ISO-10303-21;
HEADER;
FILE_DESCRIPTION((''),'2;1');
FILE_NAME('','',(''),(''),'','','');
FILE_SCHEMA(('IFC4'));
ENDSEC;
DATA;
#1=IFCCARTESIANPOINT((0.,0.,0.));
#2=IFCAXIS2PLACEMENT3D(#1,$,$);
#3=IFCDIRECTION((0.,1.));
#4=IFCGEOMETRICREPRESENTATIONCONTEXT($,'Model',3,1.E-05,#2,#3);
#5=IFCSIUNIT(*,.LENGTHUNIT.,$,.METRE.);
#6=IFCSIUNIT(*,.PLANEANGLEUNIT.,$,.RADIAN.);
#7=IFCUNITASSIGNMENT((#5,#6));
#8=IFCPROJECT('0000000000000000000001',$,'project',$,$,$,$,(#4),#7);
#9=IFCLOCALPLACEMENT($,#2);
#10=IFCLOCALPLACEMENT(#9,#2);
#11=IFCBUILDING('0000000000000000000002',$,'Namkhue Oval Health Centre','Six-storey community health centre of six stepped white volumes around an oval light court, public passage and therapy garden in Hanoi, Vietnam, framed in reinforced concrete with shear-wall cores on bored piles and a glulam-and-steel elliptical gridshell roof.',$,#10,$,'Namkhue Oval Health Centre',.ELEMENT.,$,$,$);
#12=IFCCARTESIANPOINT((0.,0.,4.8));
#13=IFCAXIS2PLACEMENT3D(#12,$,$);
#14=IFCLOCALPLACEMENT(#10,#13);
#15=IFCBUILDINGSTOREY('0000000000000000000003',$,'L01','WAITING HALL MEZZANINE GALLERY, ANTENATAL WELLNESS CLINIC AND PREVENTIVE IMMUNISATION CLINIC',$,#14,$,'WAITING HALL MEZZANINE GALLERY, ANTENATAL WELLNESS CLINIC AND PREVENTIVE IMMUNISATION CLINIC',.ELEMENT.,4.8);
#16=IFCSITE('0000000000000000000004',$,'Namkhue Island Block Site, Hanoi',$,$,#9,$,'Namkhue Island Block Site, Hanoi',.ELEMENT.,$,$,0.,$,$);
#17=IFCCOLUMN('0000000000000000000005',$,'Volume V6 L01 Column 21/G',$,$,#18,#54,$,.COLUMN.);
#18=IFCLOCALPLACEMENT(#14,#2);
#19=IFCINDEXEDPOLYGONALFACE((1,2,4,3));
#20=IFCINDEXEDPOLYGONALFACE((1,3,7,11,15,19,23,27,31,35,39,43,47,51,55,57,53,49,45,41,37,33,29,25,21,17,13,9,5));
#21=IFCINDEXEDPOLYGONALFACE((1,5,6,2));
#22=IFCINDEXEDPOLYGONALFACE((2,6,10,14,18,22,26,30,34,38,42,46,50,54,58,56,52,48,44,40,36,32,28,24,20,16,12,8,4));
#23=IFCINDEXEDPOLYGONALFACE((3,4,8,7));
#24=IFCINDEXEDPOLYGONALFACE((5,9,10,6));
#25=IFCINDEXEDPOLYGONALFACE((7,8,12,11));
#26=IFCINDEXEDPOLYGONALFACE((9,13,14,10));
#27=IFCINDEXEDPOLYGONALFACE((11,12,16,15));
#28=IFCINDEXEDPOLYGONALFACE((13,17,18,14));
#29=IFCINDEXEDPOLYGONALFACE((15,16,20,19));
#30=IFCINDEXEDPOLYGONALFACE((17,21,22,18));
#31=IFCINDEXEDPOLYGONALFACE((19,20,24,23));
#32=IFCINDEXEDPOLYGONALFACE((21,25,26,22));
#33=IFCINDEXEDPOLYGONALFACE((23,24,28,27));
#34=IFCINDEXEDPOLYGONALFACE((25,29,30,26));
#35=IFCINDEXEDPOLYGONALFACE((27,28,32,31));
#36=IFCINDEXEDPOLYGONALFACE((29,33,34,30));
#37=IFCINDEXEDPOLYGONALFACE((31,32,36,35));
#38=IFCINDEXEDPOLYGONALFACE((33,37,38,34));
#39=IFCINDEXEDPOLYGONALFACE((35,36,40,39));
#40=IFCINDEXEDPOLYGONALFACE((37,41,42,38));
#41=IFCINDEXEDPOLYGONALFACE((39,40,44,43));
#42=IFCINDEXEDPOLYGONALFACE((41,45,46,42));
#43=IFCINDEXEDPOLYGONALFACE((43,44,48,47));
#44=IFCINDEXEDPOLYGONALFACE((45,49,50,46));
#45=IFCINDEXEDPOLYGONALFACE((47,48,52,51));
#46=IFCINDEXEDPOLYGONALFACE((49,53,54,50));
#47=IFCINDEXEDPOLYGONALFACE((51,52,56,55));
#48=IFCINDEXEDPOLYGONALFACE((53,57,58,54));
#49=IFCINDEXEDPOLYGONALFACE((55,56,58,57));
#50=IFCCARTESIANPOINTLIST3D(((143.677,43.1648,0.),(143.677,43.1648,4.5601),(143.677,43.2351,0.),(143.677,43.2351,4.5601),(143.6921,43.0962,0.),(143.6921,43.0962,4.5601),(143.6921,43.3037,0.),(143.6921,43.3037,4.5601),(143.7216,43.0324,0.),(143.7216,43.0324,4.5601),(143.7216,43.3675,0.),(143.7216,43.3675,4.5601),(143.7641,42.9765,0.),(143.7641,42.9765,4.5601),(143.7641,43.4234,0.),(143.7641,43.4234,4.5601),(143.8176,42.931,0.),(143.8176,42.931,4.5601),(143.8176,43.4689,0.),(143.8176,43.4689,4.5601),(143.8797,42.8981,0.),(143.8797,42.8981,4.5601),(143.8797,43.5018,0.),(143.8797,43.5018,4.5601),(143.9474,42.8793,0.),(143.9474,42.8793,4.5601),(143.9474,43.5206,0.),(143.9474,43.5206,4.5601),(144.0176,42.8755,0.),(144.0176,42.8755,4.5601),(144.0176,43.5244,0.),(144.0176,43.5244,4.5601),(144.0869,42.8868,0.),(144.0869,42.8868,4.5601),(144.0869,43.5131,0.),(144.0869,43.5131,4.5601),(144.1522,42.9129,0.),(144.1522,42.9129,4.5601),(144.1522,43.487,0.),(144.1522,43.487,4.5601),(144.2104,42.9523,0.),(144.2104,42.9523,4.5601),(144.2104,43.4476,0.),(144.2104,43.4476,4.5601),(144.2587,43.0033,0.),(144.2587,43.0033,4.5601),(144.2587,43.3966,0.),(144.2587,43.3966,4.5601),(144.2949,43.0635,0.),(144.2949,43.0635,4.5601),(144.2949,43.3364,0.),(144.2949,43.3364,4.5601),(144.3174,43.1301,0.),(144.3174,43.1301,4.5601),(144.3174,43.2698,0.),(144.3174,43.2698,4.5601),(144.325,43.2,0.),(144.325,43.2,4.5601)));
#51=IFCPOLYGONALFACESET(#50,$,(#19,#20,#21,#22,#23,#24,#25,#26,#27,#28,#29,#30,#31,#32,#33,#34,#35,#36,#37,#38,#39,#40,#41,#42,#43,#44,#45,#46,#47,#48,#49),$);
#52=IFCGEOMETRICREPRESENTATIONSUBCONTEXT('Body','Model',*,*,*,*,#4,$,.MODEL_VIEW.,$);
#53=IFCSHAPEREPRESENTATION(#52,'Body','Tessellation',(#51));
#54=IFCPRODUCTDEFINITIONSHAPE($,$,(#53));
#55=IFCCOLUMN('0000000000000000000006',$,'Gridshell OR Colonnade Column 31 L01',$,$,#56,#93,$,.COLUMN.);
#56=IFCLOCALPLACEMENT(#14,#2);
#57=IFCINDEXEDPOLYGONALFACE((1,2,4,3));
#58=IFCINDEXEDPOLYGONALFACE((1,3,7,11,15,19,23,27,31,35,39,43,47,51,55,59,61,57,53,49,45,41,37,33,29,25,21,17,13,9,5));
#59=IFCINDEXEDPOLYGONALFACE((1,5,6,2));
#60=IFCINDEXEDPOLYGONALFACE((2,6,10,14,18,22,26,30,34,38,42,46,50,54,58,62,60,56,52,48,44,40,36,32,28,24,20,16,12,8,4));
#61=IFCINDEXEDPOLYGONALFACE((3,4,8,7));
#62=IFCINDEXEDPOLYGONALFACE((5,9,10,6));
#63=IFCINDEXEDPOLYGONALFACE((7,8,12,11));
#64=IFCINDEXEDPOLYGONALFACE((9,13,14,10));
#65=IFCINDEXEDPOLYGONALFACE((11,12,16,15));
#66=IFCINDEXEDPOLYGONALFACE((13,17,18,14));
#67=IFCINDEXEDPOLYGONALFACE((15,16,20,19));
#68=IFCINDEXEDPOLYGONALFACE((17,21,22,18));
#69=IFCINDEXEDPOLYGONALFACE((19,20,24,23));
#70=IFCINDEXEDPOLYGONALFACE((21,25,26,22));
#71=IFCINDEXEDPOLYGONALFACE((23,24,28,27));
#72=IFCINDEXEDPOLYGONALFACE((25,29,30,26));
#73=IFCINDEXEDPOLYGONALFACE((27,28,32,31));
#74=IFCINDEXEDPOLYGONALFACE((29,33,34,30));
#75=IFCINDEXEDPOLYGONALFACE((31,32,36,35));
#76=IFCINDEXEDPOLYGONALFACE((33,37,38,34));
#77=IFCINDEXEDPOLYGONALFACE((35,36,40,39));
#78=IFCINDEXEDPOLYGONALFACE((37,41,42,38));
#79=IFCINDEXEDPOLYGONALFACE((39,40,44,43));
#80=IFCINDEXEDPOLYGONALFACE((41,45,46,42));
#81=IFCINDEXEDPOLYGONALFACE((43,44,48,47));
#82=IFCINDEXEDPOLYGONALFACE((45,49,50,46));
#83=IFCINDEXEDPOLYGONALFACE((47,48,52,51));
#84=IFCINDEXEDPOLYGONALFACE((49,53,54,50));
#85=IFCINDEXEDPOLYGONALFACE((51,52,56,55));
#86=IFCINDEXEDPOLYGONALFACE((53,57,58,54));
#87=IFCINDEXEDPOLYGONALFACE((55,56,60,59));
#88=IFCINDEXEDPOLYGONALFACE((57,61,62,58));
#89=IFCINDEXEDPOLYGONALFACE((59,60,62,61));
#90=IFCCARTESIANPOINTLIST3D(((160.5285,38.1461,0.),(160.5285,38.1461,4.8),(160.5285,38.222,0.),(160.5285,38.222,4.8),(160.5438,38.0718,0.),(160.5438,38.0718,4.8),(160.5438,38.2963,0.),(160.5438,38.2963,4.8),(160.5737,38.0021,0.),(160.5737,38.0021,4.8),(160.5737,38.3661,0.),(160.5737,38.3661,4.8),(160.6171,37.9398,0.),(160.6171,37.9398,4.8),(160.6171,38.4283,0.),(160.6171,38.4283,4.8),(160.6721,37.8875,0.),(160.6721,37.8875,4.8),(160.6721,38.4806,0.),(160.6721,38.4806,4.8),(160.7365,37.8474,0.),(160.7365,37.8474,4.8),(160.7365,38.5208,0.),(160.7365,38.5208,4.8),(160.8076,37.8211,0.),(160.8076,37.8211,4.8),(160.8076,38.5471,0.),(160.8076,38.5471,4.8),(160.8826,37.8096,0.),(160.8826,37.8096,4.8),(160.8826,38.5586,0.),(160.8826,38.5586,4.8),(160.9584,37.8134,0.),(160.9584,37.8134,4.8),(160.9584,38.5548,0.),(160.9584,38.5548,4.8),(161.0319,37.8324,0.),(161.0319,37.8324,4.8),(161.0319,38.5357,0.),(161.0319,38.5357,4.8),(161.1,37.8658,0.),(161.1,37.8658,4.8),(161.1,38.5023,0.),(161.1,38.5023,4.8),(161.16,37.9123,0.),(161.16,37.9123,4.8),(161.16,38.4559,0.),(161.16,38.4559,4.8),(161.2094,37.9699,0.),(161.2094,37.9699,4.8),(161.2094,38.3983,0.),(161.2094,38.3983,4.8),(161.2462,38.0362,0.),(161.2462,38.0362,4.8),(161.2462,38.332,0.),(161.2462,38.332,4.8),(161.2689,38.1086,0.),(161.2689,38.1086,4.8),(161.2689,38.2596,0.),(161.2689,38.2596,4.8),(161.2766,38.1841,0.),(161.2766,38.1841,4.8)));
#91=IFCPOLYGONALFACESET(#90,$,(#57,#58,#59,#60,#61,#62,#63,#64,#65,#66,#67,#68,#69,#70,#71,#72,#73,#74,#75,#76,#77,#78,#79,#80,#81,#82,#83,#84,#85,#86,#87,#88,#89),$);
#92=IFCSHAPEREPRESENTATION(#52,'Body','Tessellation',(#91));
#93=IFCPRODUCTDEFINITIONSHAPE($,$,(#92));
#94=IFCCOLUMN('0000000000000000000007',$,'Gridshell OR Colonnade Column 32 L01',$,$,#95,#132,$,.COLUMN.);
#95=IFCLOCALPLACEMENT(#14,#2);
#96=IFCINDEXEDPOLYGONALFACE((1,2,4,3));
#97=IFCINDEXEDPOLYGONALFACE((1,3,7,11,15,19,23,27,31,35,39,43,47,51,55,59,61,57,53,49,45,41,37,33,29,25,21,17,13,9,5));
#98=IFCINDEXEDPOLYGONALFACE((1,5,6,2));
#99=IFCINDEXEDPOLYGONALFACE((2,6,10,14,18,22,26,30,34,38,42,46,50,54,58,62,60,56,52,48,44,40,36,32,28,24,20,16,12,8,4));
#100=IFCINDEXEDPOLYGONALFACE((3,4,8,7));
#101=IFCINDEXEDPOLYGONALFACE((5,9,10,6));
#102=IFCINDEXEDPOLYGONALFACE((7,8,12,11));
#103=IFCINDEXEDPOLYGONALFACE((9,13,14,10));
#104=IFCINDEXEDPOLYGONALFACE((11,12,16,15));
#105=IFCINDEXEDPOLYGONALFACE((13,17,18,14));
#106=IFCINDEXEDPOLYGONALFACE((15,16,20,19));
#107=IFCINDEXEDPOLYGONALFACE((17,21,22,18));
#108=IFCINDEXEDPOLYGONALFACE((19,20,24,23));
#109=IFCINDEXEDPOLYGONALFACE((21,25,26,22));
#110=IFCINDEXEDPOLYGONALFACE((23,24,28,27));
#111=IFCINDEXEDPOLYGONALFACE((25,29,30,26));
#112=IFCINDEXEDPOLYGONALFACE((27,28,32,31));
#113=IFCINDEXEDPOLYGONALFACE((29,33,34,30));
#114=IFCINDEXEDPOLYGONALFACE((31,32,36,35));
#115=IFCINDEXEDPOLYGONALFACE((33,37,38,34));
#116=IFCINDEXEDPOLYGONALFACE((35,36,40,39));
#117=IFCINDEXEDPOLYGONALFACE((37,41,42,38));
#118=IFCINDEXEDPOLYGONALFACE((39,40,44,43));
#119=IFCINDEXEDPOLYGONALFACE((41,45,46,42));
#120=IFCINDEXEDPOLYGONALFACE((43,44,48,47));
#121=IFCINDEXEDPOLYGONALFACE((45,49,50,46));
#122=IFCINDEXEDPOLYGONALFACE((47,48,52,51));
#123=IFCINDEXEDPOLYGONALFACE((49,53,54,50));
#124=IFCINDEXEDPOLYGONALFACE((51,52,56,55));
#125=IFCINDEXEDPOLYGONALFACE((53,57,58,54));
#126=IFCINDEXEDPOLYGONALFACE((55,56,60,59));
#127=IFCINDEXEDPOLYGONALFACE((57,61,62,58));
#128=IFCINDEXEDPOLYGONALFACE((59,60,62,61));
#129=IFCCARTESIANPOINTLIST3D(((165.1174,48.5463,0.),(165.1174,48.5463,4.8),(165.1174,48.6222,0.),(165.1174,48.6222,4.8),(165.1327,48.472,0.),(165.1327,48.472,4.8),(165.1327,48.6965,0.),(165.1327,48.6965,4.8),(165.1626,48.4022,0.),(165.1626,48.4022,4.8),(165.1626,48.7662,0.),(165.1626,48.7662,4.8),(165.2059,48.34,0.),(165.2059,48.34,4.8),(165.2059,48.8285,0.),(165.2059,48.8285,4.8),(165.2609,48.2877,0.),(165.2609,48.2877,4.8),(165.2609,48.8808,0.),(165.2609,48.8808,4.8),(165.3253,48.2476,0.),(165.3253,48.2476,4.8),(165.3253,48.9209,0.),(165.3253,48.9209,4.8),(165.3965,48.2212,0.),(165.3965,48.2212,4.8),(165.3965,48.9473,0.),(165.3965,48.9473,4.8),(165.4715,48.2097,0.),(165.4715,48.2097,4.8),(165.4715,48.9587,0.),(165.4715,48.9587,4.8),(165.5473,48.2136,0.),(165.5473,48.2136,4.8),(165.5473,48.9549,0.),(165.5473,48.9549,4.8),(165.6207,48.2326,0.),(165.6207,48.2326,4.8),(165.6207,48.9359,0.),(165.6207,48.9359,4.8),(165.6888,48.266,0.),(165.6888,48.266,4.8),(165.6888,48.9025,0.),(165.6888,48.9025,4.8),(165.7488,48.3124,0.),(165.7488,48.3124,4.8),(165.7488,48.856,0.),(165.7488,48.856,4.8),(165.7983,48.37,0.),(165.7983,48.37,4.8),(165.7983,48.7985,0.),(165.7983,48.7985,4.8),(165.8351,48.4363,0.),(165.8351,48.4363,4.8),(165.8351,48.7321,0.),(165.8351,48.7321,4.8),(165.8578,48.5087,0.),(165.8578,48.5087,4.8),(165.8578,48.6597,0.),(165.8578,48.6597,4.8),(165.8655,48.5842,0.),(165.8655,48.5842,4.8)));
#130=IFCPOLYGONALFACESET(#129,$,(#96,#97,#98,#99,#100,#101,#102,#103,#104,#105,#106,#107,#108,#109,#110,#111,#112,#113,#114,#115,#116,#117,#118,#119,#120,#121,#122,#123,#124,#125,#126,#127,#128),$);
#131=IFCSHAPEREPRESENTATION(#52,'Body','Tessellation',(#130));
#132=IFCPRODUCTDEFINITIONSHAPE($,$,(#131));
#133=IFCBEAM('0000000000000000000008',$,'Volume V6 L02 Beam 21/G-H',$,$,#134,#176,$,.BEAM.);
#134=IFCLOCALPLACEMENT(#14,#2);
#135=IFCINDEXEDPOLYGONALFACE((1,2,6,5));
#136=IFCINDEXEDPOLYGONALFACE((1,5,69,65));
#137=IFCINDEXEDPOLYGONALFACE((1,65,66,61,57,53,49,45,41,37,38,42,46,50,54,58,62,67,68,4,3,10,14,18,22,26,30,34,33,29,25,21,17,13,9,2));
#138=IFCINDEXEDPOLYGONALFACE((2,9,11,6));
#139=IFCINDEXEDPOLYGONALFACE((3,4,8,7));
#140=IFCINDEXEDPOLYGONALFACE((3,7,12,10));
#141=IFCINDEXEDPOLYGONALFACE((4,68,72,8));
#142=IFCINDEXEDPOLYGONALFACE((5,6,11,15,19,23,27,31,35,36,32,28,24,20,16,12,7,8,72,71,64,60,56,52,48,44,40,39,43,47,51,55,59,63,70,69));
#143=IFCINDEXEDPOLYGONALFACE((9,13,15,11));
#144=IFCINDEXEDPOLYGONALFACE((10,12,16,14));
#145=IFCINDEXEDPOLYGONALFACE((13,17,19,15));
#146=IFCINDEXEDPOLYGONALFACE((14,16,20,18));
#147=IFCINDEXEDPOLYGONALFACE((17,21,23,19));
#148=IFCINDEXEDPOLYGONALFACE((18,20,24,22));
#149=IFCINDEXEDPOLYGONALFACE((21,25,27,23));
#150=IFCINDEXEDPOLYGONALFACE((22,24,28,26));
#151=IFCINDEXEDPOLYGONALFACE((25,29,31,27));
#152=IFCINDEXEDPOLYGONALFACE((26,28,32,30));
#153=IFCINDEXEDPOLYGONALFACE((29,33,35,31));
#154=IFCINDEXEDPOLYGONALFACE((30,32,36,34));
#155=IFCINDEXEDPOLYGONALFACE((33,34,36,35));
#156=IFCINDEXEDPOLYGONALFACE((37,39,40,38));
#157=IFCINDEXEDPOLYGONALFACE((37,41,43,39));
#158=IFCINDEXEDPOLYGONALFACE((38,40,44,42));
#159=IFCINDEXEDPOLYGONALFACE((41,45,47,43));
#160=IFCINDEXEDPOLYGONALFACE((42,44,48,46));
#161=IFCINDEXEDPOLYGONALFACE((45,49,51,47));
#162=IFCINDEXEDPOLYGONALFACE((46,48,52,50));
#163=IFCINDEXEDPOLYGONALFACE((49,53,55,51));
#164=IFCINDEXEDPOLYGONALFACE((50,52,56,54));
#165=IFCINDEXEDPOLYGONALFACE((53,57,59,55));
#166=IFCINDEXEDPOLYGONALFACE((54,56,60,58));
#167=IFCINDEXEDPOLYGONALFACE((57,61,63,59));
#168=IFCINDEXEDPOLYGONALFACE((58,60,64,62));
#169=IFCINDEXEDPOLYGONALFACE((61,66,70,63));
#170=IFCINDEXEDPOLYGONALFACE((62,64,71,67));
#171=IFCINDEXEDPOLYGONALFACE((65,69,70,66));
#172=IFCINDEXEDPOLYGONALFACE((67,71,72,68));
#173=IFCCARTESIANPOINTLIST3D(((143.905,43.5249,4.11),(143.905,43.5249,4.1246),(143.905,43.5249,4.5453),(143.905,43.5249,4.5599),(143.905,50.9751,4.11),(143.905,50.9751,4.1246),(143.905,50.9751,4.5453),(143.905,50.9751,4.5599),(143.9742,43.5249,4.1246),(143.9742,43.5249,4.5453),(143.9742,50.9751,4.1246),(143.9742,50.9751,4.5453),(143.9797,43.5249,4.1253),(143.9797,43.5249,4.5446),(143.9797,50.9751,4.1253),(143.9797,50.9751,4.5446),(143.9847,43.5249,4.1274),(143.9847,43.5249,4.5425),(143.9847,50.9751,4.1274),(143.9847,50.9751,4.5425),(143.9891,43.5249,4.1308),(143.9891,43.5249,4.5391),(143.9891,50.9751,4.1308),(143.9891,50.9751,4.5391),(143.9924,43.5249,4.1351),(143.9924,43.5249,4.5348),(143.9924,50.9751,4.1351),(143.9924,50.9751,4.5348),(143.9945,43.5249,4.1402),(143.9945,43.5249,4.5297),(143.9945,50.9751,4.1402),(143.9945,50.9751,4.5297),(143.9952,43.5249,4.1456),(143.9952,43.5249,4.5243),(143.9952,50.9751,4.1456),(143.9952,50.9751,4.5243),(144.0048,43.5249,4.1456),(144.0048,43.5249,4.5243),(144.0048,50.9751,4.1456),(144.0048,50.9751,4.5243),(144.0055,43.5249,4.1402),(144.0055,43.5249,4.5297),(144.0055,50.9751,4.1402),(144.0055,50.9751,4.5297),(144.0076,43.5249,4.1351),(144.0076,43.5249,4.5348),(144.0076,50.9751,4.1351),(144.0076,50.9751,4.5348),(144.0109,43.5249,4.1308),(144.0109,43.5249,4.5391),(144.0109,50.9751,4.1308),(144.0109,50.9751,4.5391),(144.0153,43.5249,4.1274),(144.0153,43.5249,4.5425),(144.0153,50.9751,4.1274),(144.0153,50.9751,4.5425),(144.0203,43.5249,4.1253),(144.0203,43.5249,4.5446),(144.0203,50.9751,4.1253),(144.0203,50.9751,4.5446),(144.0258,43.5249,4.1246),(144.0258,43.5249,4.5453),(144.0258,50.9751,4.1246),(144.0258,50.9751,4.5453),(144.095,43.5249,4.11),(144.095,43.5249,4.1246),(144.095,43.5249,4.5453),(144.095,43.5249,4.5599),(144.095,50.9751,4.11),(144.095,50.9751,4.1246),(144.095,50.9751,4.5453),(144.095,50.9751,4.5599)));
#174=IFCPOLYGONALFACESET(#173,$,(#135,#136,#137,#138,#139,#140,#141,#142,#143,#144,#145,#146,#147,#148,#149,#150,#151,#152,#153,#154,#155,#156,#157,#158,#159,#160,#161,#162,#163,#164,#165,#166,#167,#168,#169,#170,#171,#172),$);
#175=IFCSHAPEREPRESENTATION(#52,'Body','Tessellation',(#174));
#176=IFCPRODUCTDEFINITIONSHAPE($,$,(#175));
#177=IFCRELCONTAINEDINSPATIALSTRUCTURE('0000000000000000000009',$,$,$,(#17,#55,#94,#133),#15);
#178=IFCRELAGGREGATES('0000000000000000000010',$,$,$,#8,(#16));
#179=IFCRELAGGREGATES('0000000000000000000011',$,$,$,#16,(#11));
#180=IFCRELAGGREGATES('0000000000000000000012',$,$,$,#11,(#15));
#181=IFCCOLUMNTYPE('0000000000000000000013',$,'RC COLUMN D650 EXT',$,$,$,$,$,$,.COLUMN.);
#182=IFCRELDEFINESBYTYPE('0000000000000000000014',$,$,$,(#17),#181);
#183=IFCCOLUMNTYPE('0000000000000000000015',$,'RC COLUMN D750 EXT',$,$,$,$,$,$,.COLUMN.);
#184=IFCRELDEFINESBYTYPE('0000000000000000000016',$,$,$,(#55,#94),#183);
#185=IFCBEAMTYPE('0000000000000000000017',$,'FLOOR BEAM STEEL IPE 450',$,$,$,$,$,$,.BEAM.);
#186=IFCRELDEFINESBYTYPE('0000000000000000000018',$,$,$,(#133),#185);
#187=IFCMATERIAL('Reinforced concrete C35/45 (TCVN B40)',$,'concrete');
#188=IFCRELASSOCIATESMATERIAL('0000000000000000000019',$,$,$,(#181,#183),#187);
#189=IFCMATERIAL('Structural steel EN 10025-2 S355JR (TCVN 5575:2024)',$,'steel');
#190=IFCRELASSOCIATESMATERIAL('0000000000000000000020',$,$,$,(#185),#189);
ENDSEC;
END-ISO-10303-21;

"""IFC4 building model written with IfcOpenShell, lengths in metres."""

from ifc_helpers import new_model, si_unit, direction, frame, origin, origin_2d, place, context, subcontext, project, spatial, circle, i_section, extrude, material, material_profile, profile_set, type_object, element, save


model = new_model("IFC4")

# Units and contexts
model_context = context("Model", 3, precision=1e-05, world=origin(), true_north=direction((0.0, 1.0)))
body_context = subcontext(model_context, "Body", "Model", "MODEL_VIEW")
ifc_project = project(units=[si_unit("LENGTHUNIT", "METRE"), si_unit("PLANEANGLEUNIT", "RADIAN")], contexts=[model_context])

# Site, building, storey
site_placement = place(None, origin())
site = spatial("IfcSite", under=ifc_project, at=site_placement, Name="Namkhue Island Block Site, Hanoi", LongName="Namkhue Island Block Site, Hanoi", CompositionType="ELEMENT", RefElevation=0.0)
building_placement = place(site_placement, origin())
building = spatial("IfcBuilding", under=site, at=building_placement, Name="Namkhue Oval Health Centre", Description="Six-storey community health centre of six stepped white volumes around an oval light court, public passage and therapy garden in Hanoi, Vietnam, framed in reinforced concrete with shear-wall cores on bored piles and a glulam-and-steel elliptical gridshell roof.", LongName="Namkhue Oval Health Centre", CompositionType="ELEMENT")
storey_placement = place(building_placement, frame((0.0, 0.0, 4.8)))
storey = spatial("IfcBuildingStorey", under=building, at=storey_placement, Name="L01", Description="WAITING HALL MEZZANINE GALLERY, ANTENATAL WELLNESS CLINIC AND PREVENTIVE IMMUNISATION CLINIC", LongName="WAITING HALL MEZZANINE GALLERY, ANTENATAL WELLNESS CLINIC AND PREVENTIVE IMMUNISATION CLINIC", CompositionType="ELEMENT", Elevation=4.8)

# Columns
ifc_material_1 = material(Name="Reinforced concrete C35/45 (TCVN B40)", Category="concrete")
ifc_material_profile_1 = material_profile(ifc_material_1, circle(Radius=0.325, at=origin_2d()), Name="RC D650")
ifc_profile_set_1 = profile_set([ifc_material_profile_1], Name="Reinforced concrete C35/45 (TCVN B40)")
column_type_1 = type_object("IfcColumnType", Name="RC COLUMN D650 EXT", PredefinedType="COLUMN", material=ifc_profile_set_1)
column_placement = place(storey_placement, frame((144.0, 43.2, 0.0), z_axis=(0.0, 0.0, 1.0), x_axis=(1.0, 0.0, 0.0)))
element("IfcColumn", 1, at=column_placement, inside=storey, type_object=column_type_1, Name="Volume V6 L01 Column 21/G", PredefinedType="COLUMN", context=body_context, shape_type="SweptSolid", body=[
    extrude(circle(Radius=0.325, at=origin_2d()), origin(), (0.0, 0.0, 1.0), 4.5601),
])
ifc_material_profile_2 = material_profile(ifc_material_1, circle(Radius=0.375, at=origin_2d()), Name="RC D750")
ifc_profile_set_2 = profile_set([ifc_material_profile_2], Name="Reinforced concrete C35/45 (TCVN B40)")
column_type_2 = type_object("IfcColumnType", Name="RC COLUMN D750 EXT", PredefinedType="COLUMN", material=ifc_profile_set_2)
for number, where, z_axis, x_axis, name in (
    (2, (160.9016, 38.1841, 0.0), (0.0, 0.0, 1.0), (1.0, 0.0, 0.0), "Gridshell OR Colonnade Column 31 L01"),
    (3, (165.4905, 48.5842, 0.0), (0.0, 0.0, 1.0), (1.0, 0.0, 0.0), "Gridshell OR Colonnade Column 32 L01"),
):
    element("IfcColumn", number, at=place(storey_placement, frame(where, z_axis=z_axis, x_axis=x_axis)), inside=storey, type_object=column_type_2, Name=name, PredefinedType="COLUMN", context=body_context, shape_type="SweptSolid", body=[
        extrude(circle(Radius=0.375, at=origin_2d()), origin(), (0.0, 0.0, 1.0), 4.8),
    ])

# Beam
ifc_material_2 = material(Name="Structural steel EN 10025-2 S355JR (TCVN 5575:2024)", Category="steel")
ifc_material_profile_3 = material_profile(ifc_material_2, i_section(OverallWidth=0.1899, OverallDepth=0.45, WebThickness=0.0095, FlangeThickness=0.0146, FilletRadius=0.021, at=origin_2d()), Name="IPE 450")
ifc_profile_set_3 = profile_set([ifc_material_profile_3], Name="Structural steel EN 10025-2 S355JR (TCVN 5575:2024)")
beam_type = type_object("IfcBeamType", Name="FLOOR BEAM STEEL IPE 450", PredefinedType="BEAM", material=ifc_profile_set_3)
beam_placement = place(storey_placement, frame((144.0, 43.5249, 4.335), z_axis=(0.0, 1.0, 0.0), x_axis=(-1.0, 0.0, 0.0)))
element("IfcBeam", 4, at=beam_placement, inside=storey, type_object=beam_type, Name="Volume V6 L02 Beam 21/G-H", PredefinedType="BEAM", context=body_context, shape_type="SweptSolid", body=[
    extrude(i_section(OverallWidth=0.1899, OverallDepth=0.45, WebThickness=0.0095, FlangeThickness=0.0146, FilletRadius=0.021, at=origin_2d()), origin(), (0.0, 0.0, 1.0), 7.4502),
])

save(model, "model.ifc")
